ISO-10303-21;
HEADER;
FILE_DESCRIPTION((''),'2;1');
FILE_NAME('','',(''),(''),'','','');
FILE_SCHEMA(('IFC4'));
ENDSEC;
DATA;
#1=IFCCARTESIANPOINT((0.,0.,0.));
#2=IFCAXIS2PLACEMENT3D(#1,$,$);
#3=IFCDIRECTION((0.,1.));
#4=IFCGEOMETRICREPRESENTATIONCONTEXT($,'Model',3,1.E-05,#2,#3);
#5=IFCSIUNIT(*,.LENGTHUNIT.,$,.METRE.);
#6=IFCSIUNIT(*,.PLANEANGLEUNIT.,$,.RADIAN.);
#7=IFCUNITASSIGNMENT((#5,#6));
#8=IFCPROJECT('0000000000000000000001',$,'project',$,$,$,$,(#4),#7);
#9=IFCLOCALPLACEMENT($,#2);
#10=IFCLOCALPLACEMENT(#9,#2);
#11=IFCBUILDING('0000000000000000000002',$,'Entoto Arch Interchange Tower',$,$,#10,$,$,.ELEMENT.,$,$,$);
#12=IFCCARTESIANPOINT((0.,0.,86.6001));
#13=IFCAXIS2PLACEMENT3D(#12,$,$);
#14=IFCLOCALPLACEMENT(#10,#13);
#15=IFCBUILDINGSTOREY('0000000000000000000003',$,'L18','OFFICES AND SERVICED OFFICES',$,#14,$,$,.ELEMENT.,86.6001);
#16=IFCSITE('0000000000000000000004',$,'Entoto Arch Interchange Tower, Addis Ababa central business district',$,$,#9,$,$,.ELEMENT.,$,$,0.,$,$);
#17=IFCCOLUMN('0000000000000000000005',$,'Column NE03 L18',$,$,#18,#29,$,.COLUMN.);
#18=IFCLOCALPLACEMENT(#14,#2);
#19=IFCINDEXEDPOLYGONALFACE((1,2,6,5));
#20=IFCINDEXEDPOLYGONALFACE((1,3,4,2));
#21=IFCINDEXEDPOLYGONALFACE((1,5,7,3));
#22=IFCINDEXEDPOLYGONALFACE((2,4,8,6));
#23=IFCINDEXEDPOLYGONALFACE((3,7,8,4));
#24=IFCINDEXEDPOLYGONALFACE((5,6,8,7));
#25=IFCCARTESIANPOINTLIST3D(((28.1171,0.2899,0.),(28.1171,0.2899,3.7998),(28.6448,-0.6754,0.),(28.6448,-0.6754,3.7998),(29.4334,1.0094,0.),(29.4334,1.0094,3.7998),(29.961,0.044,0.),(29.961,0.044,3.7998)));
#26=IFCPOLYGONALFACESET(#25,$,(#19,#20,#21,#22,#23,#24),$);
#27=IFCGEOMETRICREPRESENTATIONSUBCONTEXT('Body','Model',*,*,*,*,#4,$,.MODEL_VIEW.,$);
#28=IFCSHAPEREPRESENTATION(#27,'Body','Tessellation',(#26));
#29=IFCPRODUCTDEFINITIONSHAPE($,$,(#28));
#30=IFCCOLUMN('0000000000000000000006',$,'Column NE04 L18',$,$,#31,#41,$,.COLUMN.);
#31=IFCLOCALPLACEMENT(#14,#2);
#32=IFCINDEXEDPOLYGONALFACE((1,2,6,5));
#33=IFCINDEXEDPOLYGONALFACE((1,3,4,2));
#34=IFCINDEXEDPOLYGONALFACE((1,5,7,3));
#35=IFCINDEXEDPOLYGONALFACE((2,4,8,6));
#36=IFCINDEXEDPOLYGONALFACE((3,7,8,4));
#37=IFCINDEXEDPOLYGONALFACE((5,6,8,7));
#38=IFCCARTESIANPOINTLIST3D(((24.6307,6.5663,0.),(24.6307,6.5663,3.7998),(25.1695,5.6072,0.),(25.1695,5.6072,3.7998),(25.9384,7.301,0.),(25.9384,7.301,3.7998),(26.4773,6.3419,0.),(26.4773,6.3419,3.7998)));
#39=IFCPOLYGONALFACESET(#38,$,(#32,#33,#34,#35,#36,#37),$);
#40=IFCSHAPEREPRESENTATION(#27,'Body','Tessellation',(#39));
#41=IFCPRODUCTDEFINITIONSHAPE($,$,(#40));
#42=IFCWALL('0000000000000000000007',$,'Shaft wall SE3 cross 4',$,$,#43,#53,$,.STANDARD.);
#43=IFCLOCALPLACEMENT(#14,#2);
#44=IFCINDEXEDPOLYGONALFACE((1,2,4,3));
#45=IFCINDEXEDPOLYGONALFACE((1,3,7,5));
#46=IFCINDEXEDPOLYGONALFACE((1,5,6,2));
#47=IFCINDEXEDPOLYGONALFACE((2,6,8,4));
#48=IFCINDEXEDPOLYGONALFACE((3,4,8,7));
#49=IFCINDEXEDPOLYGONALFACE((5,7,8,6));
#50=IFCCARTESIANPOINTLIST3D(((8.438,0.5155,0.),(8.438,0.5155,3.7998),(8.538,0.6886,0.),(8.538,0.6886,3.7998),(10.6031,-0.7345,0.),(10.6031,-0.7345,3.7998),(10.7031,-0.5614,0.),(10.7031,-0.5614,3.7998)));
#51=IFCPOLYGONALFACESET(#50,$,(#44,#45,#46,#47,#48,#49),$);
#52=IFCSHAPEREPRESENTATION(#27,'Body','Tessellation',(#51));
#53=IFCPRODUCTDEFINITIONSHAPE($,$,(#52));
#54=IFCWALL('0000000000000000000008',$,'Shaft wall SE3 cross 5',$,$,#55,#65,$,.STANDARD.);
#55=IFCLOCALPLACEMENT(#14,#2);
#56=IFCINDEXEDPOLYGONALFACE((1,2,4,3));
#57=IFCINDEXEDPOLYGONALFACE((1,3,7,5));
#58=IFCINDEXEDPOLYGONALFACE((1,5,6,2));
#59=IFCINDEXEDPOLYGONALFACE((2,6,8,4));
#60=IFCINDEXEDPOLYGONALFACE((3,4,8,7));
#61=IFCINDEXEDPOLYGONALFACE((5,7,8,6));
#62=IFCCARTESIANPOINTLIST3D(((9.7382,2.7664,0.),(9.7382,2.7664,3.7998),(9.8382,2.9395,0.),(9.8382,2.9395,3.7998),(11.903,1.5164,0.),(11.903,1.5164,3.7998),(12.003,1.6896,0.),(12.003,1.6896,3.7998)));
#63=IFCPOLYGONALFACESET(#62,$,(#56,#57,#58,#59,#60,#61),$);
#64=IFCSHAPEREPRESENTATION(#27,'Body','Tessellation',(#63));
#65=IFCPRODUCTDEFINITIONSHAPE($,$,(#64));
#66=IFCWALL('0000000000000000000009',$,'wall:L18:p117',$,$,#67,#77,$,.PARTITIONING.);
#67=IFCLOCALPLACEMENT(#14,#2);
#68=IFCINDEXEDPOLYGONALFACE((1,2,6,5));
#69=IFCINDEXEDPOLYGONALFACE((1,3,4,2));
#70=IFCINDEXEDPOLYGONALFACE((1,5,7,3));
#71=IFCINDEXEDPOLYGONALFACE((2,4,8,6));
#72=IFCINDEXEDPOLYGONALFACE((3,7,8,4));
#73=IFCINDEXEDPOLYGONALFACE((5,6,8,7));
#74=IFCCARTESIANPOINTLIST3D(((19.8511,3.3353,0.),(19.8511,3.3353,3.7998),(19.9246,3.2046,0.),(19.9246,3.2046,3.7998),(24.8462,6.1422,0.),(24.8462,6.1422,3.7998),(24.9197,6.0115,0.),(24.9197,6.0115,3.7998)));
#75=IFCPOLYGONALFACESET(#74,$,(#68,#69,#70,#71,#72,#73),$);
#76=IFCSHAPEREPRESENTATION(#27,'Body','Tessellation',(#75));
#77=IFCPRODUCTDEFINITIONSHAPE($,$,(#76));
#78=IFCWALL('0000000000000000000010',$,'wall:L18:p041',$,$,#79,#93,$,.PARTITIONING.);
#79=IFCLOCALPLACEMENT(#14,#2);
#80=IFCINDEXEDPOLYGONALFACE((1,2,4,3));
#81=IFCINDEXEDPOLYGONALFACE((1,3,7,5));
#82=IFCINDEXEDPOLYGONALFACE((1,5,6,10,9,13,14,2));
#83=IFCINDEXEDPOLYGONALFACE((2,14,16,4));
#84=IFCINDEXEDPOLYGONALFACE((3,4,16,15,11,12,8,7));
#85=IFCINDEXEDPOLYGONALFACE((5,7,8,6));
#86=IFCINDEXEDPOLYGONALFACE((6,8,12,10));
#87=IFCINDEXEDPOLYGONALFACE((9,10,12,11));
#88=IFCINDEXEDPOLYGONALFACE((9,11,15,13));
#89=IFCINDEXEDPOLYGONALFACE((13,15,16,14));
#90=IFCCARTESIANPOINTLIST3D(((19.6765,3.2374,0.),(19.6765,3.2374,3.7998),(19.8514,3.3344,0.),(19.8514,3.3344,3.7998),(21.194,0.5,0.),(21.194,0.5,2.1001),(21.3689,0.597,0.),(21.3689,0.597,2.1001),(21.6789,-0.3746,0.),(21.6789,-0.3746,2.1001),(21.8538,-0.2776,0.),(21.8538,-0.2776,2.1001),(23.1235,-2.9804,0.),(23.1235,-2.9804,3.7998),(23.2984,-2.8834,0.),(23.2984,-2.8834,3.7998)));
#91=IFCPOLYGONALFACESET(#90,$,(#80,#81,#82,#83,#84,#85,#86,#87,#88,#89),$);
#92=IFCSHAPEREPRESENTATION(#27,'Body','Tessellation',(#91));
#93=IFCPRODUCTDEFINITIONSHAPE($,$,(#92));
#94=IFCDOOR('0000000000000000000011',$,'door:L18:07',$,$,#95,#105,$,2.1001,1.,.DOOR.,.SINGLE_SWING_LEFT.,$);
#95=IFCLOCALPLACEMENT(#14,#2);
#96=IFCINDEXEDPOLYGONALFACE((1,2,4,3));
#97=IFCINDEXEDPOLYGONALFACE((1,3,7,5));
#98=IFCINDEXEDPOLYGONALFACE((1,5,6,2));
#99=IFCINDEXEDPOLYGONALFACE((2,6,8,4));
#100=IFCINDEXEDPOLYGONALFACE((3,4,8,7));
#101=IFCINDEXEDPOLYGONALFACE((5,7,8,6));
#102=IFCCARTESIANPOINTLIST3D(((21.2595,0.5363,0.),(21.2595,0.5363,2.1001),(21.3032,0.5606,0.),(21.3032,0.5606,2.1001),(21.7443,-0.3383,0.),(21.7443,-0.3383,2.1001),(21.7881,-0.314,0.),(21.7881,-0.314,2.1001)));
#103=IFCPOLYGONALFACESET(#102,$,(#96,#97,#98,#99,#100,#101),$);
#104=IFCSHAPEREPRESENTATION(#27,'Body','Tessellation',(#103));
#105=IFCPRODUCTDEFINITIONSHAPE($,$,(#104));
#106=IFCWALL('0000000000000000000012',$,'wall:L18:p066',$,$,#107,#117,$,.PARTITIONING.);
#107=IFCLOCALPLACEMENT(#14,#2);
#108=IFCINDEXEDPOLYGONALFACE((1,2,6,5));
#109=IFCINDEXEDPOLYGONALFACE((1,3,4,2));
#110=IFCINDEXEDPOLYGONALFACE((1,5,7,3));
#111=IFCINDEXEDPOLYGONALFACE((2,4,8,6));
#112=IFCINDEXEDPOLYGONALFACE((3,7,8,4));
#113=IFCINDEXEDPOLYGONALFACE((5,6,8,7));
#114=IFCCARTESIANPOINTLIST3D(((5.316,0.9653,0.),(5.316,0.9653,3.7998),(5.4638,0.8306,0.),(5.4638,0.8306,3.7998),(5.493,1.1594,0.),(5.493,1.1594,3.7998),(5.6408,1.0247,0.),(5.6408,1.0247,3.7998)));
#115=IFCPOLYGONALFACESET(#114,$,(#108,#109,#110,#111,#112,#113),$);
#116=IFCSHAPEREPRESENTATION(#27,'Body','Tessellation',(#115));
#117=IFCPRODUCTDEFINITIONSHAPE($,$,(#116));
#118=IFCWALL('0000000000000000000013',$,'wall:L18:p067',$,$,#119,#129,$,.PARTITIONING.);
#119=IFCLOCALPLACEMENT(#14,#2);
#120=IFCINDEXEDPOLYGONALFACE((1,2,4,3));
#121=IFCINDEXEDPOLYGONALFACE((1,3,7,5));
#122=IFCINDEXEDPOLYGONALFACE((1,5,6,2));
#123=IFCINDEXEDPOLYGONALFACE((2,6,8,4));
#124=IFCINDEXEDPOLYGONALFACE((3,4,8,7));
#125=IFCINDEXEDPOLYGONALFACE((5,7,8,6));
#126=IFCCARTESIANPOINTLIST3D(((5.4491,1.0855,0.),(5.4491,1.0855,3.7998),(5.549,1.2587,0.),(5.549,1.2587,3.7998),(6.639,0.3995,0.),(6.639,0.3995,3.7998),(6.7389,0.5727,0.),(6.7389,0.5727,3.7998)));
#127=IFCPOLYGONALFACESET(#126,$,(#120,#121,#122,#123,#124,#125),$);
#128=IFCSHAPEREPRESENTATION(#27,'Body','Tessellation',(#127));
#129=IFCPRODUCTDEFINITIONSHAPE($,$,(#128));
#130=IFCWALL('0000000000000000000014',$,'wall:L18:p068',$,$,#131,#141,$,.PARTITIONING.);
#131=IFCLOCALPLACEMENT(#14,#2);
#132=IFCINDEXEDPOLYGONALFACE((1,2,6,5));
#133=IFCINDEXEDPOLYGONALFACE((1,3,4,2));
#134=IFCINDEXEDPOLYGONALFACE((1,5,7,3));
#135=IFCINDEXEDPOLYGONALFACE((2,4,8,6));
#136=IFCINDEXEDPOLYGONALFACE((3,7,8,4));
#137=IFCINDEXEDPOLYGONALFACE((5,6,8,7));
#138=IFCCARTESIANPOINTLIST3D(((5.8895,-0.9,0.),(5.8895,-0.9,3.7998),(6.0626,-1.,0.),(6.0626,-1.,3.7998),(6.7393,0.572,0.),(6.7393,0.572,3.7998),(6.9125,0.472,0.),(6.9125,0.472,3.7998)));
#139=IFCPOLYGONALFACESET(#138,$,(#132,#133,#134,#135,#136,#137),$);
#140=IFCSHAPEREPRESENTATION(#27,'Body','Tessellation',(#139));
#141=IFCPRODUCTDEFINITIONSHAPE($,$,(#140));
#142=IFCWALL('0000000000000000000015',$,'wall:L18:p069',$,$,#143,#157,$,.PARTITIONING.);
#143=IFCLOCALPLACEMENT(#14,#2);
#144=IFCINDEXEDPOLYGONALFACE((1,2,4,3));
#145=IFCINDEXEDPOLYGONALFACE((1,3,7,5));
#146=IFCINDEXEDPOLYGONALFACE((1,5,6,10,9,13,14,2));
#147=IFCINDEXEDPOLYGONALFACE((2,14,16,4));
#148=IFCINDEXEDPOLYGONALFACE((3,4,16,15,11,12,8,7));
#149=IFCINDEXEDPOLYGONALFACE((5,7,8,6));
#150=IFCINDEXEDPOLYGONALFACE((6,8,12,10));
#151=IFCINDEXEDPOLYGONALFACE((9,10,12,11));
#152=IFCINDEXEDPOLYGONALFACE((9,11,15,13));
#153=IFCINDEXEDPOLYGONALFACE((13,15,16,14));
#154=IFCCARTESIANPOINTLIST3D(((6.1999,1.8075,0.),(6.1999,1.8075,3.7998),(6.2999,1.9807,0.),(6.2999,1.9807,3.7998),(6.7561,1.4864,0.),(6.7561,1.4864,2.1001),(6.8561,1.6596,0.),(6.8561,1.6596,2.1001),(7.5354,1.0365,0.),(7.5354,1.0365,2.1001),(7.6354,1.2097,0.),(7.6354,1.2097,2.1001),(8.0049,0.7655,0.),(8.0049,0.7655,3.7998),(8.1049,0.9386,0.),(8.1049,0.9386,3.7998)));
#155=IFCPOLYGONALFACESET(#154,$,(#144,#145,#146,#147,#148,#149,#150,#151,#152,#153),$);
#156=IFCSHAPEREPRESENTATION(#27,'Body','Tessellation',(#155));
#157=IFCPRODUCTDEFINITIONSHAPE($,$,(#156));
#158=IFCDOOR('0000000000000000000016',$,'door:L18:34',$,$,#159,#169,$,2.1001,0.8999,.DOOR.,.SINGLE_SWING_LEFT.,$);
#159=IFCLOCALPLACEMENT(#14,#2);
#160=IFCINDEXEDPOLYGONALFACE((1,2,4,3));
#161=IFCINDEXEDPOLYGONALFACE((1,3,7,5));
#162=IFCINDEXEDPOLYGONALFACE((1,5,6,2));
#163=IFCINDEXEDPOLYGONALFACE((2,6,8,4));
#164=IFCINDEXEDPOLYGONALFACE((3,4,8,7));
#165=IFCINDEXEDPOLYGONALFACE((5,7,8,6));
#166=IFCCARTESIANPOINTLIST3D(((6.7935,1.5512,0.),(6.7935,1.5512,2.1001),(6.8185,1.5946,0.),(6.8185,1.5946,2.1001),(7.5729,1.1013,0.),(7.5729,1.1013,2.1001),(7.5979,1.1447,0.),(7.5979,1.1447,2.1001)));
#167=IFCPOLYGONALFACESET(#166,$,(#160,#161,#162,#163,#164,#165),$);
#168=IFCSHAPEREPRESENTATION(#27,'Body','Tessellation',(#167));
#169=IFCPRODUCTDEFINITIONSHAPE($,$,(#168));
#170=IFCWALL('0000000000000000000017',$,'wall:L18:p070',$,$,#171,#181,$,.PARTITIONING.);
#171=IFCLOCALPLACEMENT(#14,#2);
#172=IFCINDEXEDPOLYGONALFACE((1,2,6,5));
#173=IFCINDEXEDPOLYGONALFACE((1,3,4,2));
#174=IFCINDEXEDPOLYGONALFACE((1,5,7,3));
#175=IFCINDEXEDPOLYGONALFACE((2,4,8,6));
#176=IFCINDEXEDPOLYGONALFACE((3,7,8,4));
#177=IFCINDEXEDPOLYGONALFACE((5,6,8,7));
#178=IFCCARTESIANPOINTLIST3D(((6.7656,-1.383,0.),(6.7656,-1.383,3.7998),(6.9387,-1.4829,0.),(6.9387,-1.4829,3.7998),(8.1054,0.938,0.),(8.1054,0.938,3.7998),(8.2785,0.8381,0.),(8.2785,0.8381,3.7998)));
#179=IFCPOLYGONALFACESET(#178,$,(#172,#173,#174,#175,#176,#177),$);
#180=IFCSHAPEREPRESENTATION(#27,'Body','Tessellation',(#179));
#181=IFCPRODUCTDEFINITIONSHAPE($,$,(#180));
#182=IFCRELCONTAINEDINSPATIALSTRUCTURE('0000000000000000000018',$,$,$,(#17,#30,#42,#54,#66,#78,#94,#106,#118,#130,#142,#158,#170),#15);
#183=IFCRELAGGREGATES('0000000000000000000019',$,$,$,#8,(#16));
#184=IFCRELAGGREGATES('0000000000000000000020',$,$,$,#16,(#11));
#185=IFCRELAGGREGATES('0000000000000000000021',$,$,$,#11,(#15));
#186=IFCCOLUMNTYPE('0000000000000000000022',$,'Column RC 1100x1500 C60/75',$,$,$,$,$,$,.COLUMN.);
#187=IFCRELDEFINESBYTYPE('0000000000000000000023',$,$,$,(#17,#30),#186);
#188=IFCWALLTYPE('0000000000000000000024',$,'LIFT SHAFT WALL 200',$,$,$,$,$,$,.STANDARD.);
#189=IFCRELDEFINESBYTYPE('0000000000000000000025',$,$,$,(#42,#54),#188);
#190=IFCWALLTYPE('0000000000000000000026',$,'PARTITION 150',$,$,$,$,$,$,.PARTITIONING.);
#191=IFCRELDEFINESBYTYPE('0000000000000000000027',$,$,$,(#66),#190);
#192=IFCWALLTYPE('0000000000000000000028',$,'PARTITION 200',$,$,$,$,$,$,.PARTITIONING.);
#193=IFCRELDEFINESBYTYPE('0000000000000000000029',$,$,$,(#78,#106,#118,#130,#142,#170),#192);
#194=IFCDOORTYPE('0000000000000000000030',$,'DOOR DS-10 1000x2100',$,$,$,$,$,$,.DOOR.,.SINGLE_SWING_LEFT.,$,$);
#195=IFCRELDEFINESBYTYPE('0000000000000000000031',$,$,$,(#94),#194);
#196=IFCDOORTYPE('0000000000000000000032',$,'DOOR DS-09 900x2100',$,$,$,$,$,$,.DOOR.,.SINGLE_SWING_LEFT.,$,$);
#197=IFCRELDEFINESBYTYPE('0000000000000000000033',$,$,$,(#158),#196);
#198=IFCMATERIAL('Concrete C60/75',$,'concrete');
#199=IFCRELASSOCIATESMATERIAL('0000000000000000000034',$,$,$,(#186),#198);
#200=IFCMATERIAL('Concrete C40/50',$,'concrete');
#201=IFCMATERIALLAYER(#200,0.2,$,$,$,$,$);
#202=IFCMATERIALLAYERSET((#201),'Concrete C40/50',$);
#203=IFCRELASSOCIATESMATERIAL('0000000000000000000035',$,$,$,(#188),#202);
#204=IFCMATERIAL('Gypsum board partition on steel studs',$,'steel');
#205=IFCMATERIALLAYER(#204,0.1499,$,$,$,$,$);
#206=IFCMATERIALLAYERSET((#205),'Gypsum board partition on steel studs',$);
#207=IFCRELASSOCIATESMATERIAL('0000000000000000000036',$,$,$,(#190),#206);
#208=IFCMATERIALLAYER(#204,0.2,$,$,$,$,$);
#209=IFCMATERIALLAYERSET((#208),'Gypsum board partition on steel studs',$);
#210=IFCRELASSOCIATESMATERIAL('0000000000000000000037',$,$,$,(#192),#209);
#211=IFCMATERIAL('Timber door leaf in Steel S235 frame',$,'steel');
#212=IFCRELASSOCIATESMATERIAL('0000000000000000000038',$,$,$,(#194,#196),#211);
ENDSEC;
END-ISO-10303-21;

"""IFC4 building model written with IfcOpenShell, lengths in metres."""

from ifc_helpers import new_model, si_unit, direction, frame, frame_2d, origin, origin_2d, place, context, subcontext, project, spatial, rectangle, extrude, material, layer, layer_set, material_profile, profile_set, type_object, element, fill, save


model = new_model("IFC4")

# Units and contexts
model_context = context("Model", 3, precision=1e-05, world=origin(), true_north=direction((0.0, 1.0)))
body_context = subcontext(model_context, "Body", "Model", "MODEL_VIEW")
ifc_project = project(units=[si_unit("LENGTHUNIT", "METRE"), si_unit("PLANEANGLEUNIT", "RADIAN")], contexts=[model_context])

# Site, building, storey
site_placement = place(None, origin())
site = spatial("IfcSite", under=ifc_project, at=site_placement, Name="Entoto Arch Interchange Tower, Addis Ababa central business district", CompositionType="ELEMENT", RefElevation=0.0)
building_placement = place(site_placement, origin())
building = spatial("IfcBuilding", under=site, at=building_placement, Name="Entoto Arch Interchange Tower", CompositionType="ELEMENT")
storey_placement = place(building_placement, frame((0.0, 0.0, 86.6001)))
storey = spatial("IfcBuildingStorey", under=building, at=storey_placement, Name="L18", Description="OFFICES AND SERVICED OFFICES", CompositionType="ELEMENT", Elevation=86.6001)

# Columns
ifc_material_1 = material(Name="Concrete C60/75", Category="concrete")
ifc_material_profile = material_profile(ifc_material_1, rectangle(XDim=1.1001, YDim=1.5, at=origin_2d()))
ifc_profile_set = profile_set([ifc_material_profile], Name="Concrete C60/75")
column_type = type_object("IfcColumnType", Name="Column RC 1100x1500 C60/75", PredefinedType="COLUMN", material=ifc_profile_set)
for number, where, z_axis, x_axis, name in (
    (1, (29.0391, 0.167, 0.0), (0.0, 0.0, 1.0), (-0.479611, 0.877481, 0.0), "Column NE03 L18"),
    (2, (25.554, 6.4541, 0.0), (0.0, 0.0, 1.0), (-0.489839, 0.871813, 0.0), "Column NE04 L18"),
):
    element("IfcColumn", number, at=place(storey_placement, frame(where, z_axis=z_axis, x_axis=x_axis)), inside=storey, type_object=column_type, Name=name, PredefinedType="COLUMN", context=body_context, shape_type="SweptSolid", body=[
        extrude(rectangle(XDim=1.1001, YDim=1.5, at=origin_2d()), origin(), (0.0, 0.0, 1.0), 3.7998),
    ])

# Walls
ifc_material_2 = material(Name="Concrete C40/50", Category="concrete")
ifc_layer_1 = layer(ifc_material_2, 0.2)
ifc_layer_set_1 = layer_set([ifc_layer_1], Name="Concrete C40/50")
wall_type_1 = type_object("IfcWallType", Name="LIFT SHAFT WALL 200", PredefinedType="STANDARD", material=ifc_layer_set_1)
wall_1_placement = place(storey_placement, frame((8.488, 0.6021, 0.0), z_axis=(0.0, 0.0, 1.0), x_axis=(0.866023, -0.500004, 0.0)))
element("IfcWall", 3, at=wall_1_placement, inside=storey, type_object=wall_type_1, Name="Shaft wall SE3 cross 4", PredefinedType="STANDARD", context=body_context, shape_type="SweptSolid", body=[
    extrude(rectangle(XDim=2.5, YDim=0.2, at=frame_2d((1.25, 0.0))), origin(), (0.0, 0.0, 1.0), 3.7998),
])
wall_2_placement = place(storey_placement, frame((9.7881, 2.853, 0.0), z_axis=(0.0, 0.0, 1.0), x_axis=(0.865999, -0.500047, 0.0)))
element("IfcWall", 4, at=wall_2_placement, inside=storey, type_object=wall_type_1, Name="Shaft wall SE3 cross 5", PredefinedType="STANDARD", context=body_context, shape_type="SweptSolid", body=[
    extrude(rectangle(XDim=2.4998, YDim=0.2, at=frame_2d((1.25, 0.0))), origin(), (0.0, 0.0, 1.0), 3.7998),
])
ifc_material_3 = material(Name="Gypsum board partition on steel studs", Category="steel")
ifc_layer_2 = layer(ifc_material_3, 0.1499)
ifc_layer_set_2 = layer_set([ifc_layer_2], Name="Gypsum board partition on steel studs")
wall_type_2 = type_object("IfcWallType", Name="PARTITION 150", PredefinedType="PARTITIONING", material=ifc_layer_set_2)
wall_3_placement = place(storey_placement, frame((19.8879, 3.27, 0.0), z_axis=(0.0, 0.0, 1.0), x_axis=(0.871789, 0.489881, 0.0)))
element("IfcWall", 5, at=wall_3_placement, inside=storey, type_object=wall_type_2, Name="wall:L18:p117", PredefinedType="PARTITIONING", context=body_context, shape_type="SweptSolid", body=[
    extrude(rectangle(XDim=5.7297, YDim=0.1499, at=frame_2d((2.8647, 0.0))), origin(), (0.0, 0.0, 1.0), 3.7998),
])

# Wall, opening, door
ifc_layer_3 = layer(ifc_material_3, 0.2)
ifc_layer_set_3 = layer_set([ifc_layer_3], Name="Gypsum board partition on steel studs")
wall_type_3 = type_object("IfcWallType", Name="PARTITION 200", PredefinedType="PARTITIONING", material=ifc_layer_set_3)
wall_4_placement = place(storey_placement, frame((19.7639, 3.2859, 0.0), z_axis=(0.0, 0.0, 1.0), x_axis=(0.484858, -0.874593, 0.0)))
wall_4 = element("IfcWall", 6, at=wall_4_placement, inside=storey, type_object=wall_type_3, Name="wall:L18:p041", PredefinedType="PARTITIONING", context=body_context, shape_type="SweptSolid", body=[
    extrude(rectangle(XDim=7.1094, YDim=0.2, at=frame_2d((3.5547, 0.0))), origin(), (0.0, 0.0, 1.0), 3.7998),
])
opening_1_placement = place(wall_4_placement, frame((3.1299, 0.0, 0.0)))
opening_1 = element("IfcOpeningElement", 7, at=opening_1_placement, cuts=wall_4, PredefinedType="OPENING", context=body_context, shape_type="SweptSolid", body=[
    extrude(rectangle(XDim=1.0, YDim=2.1001, at=frame_2d((0.5, 1.05))), frame((0.0, 0.1099, 0.0), z_axis=(0.0, -1.0, 0.0), x_axis=(1.0, 0.0, 0.0)), (0.0, 0.0, 1.0), 0.22),
])
ifc_material_4 = material(Name="Timber door leaf in Steel S235 frame", Category="steel")
door_type_1 = type_object("IfcDoorType", Name="DOOR DS-10 1000x2100", OperationType="SINGLE_SWING_LEFT", PredefinedType="DOOR", material=ifc_material_4)
door_1_placement = place(opening_1_placement, origin())
door_1 = element("IfcDoor", 8, at=door_1_placement, inside=storey, type_object=door_type_1, Name="door:L18:07", OperationType="SINGLE_SWING_LEFT", OverallHeight=2.1001, OverallWidth=1.0, PredefinedType="DOOR", context=body_context, shape_type="SweptSolid", body=[
    extrude(rectangle(XDim=1.0, YDim=2.1001, at=frame_2d((0.5, 1.05))), frame((0.0, 0.0249, 0.0), z_axis=(0.0, -1.0, 0.0), x_axis=(1.0, 0.0, 0.0)), (0.0, 0.0, 1.0), 0.05),
])
fill(opening_1, door_1)

# Walls
wall_5_placement = place(storey_placement, frame((5.3899, 0.8979, 0.0), z_axis=(0.0, 0.0, 1.0), x_axis=(0.673828, 0.738888, 0.0)))
element("IfcWall", 9, at=wall_5_placement, inside=storey, type_object=wall_type_3, Name="wall:L18:p066", PredefinedType="PARTITIONING", context=body_context, shape_type="SweptSolid", body=[
    extrude(rectangle(XDim=0.2627, YDim=0.2, at=frame_2d((0.1313, 0.0))), origin(), (0.0, 0.0, 1.0), 3.7998),
])
wall_6_placement = place(storey_placement, frame((5.499, 1.1721, 0.0), z_axis=(0.0, 0.0, 1.0), x_axis=(0.866334, -0.499466, 0.0)))
element("IfcWall", 10, at=wall_6_placement, inside=storey, type_object=wall_type_3, Name="wall:L18:p067", PredefinedType="PARTITIONING", context=body_context, shape_type="SweptSolid", body=[
    extrude(rectangle(XDim=1.3735, YDim=0.2, at=frame_2d((0.6868, 0.0))), origin(), (0.0, 0.0, 1.0), 3.7998),
])
wall_7_placement = place(storey_placement, frame((6.8259, 0.522, 0.0), z_axis=(0.0, 0.0, 1.0), x_axis=(-0.500017, -0.866016, 0.0)))
element("IfcWall", 11, at=wall_7_placement, inside=storey, type_object=wall_type_3, Name="wall:L18:p068", PredefinedType="PARTITIONING", context=body_context, shape_type="SweptSolid", body=[
    extrude(rectangle(XDim=1.6997, YDim=0.2, at=frame_2d((0.8499, 0.0))), origin(), (0.0, 0.0, 1.0), 3.7998),
])

# Wall, opening, door
wall_8_placement = place(storey_placement, frame((6.25, 1.894, 0.0), z_axis=(0.0, 0.0, 1.0), x_axis=(0.866043, -0.499969, 0.0)))
wall_8 = element("IfcWall", 12, at=wall_8_placement, inside=storey, type_object=wall_type_3, Name="wall:L18:p069", PredefinedType="PARTITIONING", context=body_context, shape_type="SweptSolid", body=[
    extrude(rectangle(XDim=2.0842, YDim=0.2, at=frame_2d((1.042, 0.0))), origin(), (0.0, 0.0, 1.0), 3.7998),
])
opening_2_placement = place(wall_8_placement, frame((0.6421, 0.0, 0.0)))
opening_2 = element("IfcOpeningElement", 13, at=opening_2_placement, cuts=wall_8, PredefinedType="OPENING", context=body_context, shape_type="SweptSolid", body=[
    extrude(rectangle(XDim=0.8999, YDim=2.1001, at=frame_2d((0.45, 1.05))), frame((0.0, 0.1099, 0.0), z_axis=(0.0, -1.0, 0.0), x_axis=(1.0, 0.0, 0.0)), (0.0, 0.0, 1.0), 0.22),
])
door_type_2 = type_object("IfcDoorType", Name="DOOR DS-09 900x2100", OperationType="SINGLE_SWING_LEFT", PredefinedType="DOOR", material=ifc_material_4)
door_2_placement = place(opening_2_placement, origin())
door_2 = element("IfcDoor", 14, at=door_2_placement, inside=storey, type_object=door_type_2, Name="door:L18:34", OperationType="SINGLE_SWING_LEFT", OverallHeight=2.1001, OverallWidth=0.8999, PredefinedType="DOOR", context=body_context, shape_type="SweptSolid", body=[
    extrude(rectangle(XDim=0.8999, YDim=2.1001, at=frame_2d((0.45, 1.05))), frame((0.0, 0.0249, 0.0), z_axis=(0.0, -1.0, 0.0), x_axis=(1.0, 0.0, 0.0)), (0.0, 0.0, 1.0), 0.05),
])
fill(opening_2, door_2)

# Wall
wall_9_placement = place(storey_placement, frame((8.1919, 0.8879, 0.0), z_axis=(0.0, 0.0, 1.0), x_axis=(-0.499941, -0.86606, 0.0)))
element("IfcWall", 15, at=wall_9_placement, inside=storey, type_object=wall_type_3, Name="wall:L18:p070", PredefinedType="PARTITIONING", context=body_context, shape_type="SweptSolid", body=[
    extrude(rectangle(XDim=2.6799, YDim=0.2, at=frame_2d((1.3398, 0.0))), origin(), (0.0, 0.0, 1.0), 3.7998),
])

save(model, "model.ifc")
